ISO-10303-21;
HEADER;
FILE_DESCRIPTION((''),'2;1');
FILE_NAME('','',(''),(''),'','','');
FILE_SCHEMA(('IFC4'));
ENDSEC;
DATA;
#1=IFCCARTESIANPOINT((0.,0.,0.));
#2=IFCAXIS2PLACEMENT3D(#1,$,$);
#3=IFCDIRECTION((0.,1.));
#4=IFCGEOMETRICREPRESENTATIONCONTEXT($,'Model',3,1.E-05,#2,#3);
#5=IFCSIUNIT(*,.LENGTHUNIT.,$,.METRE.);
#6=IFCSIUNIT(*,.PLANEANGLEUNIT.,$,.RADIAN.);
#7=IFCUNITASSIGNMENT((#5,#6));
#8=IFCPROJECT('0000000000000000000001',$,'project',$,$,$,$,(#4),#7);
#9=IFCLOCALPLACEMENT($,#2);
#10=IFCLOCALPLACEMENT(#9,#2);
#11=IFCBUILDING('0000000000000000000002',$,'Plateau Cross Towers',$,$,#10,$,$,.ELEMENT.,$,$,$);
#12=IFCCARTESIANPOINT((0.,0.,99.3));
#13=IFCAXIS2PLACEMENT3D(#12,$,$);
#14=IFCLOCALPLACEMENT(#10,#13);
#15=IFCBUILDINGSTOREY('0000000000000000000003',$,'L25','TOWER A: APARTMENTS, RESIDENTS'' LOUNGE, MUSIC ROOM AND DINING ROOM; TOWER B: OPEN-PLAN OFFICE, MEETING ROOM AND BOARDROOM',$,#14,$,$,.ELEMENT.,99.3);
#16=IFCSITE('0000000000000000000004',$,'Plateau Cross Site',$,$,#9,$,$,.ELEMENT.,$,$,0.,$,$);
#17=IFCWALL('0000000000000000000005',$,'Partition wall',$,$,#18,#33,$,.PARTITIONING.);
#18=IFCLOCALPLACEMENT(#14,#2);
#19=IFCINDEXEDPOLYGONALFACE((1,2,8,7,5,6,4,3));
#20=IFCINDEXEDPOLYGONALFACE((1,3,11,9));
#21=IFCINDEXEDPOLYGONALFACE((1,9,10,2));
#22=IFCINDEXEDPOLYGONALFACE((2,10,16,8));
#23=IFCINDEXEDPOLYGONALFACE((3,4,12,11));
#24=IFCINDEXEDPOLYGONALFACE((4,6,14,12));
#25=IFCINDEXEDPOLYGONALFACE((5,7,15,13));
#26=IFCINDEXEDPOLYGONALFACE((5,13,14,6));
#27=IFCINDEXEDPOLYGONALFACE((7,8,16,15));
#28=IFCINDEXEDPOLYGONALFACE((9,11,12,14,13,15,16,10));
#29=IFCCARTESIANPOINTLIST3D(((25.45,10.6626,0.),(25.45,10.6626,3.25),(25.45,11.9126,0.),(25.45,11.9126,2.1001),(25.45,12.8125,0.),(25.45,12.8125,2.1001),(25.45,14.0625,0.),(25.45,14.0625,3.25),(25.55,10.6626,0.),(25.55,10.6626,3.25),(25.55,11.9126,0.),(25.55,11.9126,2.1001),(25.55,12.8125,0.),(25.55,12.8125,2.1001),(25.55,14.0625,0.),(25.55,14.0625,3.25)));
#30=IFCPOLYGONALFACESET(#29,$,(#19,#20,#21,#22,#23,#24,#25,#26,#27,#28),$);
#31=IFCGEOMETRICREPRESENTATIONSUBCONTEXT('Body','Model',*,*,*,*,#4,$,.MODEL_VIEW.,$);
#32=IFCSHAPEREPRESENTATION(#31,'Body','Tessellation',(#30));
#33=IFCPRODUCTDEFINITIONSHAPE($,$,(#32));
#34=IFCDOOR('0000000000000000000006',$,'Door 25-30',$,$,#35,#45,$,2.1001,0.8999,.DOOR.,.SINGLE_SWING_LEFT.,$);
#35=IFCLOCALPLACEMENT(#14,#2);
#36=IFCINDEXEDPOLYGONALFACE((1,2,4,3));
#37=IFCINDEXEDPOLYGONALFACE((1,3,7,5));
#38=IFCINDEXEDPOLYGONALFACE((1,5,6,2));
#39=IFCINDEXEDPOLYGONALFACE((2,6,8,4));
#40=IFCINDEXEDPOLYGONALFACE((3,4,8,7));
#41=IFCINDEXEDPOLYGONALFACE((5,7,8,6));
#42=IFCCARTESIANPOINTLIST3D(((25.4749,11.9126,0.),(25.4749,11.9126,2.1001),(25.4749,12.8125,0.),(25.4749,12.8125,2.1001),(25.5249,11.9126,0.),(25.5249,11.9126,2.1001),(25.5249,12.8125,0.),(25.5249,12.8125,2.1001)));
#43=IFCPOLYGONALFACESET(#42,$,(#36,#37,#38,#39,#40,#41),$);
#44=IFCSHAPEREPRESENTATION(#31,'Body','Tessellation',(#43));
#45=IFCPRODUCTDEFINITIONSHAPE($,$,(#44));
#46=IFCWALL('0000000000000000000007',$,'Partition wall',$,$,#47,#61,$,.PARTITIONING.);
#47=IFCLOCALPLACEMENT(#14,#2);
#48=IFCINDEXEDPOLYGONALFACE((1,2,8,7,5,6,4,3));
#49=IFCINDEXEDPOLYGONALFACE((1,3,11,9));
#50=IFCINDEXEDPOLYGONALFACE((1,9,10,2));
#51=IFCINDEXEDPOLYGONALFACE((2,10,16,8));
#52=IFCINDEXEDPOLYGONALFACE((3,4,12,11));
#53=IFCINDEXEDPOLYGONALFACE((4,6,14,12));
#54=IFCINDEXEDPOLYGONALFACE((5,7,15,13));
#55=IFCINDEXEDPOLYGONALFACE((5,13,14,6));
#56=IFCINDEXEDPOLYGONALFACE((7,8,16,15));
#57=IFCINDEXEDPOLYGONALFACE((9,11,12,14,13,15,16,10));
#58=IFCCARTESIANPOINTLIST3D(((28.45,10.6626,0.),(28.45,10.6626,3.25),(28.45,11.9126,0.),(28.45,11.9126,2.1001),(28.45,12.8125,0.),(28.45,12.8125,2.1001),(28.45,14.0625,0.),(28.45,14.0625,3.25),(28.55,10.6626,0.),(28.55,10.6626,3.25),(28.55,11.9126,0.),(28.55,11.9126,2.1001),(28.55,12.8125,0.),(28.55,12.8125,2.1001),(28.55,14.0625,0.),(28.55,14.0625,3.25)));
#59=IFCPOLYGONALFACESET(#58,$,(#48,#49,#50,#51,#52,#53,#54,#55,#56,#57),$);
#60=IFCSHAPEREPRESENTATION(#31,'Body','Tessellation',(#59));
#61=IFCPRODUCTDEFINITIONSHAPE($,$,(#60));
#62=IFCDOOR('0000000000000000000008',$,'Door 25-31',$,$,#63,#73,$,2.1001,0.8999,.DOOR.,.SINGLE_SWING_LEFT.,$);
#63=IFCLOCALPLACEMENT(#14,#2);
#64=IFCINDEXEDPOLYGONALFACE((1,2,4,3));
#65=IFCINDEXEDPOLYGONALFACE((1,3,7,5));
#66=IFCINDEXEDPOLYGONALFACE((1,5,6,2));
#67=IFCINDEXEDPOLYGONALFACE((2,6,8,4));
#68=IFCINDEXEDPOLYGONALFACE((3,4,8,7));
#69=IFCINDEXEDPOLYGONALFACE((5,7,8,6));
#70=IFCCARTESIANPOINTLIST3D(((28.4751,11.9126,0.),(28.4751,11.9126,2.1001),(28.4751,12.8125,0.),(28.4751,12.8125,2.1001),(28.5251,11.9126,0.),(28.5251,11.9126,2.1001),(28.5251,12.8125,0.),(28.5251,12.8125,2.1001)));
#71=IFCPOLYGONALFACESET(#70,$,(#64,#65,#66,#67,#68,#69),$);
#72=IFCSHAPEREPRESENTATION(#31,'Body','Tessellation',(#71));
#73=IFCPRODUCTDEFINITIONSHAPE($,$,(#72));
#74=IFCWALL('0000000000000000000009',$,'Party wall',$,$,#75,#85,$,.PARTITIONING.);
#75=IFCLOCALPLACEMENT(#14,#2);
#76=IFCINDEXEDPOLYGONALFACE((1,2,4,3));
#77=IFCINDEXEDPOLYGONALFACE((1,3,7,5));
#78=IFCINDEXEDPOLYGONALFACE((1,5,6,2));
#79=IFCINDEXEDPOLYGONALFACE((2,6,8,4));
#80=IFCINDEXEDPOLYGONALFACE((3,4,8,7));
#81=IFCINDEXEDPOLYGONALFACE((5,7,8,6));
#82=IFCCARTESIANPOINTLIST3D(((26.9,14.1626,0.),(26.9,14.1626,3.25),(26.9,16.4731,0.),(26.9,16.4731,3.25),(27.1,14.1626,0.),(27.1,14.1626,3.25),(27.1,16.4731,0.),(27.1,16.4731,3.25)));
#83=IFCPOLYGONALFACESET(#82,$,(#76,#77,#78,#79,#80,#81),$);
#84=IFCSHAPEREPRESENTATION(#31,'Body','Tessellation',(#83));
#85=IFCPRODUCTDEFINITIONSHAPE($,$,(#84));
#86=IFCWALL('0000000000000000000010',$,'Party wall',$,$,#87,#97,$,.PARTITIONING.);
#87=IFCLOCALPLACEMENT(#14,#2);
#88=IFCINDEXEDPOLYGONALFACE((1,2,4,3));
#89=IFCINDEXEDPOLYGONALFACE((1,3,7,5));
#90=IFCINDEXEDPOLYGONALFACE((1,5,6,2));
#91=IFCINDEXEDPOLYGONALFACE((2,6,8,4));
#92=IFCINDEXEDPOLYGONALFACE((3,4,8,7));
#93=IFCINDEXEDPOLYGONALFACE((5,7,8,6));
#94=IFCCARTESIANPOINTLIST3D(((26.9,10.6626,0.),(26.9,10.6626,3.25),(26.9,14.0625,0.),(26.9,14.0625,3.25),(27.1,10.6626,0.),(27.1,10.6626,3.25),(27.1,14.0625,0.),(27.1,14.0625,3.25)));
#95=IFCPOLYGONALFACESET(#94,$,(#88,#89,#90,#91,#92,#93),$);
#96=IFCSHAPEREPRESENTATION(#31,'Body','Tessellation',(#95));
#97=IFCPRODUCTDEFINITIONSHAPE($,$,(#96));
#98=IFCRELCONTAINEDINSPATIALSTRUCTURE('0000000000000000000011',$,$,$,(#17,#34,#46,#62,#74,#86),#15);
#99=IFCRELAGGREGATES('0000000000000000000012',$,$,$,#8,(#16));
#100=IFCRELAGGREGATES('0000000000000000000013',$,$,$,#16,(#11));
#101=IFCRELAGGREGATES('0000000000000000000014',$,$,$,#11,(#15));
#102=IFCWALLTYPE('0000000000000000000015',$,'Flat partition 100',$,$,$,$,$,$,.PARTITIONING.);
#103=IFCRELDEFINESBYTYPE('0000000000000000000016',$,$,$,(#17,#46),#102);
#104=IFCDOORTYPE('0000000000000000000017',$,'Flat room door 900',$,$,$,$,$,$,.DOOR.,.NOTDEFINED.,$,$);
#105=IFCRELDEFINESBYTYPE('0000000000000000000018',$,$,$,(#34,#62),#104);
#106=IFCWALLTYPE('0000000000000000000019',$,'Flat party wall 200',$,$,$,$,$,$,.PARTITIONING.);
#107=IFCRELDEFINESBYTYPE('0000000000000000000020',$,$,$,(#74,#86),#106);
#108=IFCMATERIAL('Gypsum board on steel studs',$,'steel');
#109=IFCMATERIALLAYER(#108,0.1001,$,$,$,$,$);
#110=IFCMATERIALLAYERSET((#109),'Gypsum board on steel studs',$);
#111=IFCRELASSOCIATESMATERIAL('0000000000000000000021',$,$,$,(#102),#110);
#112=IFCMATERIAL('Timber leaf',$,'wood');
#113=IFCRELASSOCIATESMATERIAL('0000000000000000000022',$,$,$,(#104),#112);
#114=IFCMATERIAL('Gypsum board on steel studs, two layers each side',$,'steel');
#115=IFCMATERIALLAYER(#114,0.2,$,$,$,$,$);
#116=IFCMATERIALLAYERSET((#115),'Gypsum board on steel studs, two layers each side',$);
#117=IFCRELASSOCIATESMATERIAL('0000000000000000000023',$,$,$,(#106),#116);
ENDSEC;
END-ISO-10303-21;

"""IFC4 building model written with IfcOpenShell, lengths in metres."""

from ifc_helpers import new_model, si_unit, direction, frame, frame_2d, origin, place, context, subcontext, project, spatial, rectangle, extrude, material, layer, layer_set, type_object, element, fill, save


model = new_model("IFC4")

# Units and contexts
model_context = context("Model", 3, precision=1e-05, world=origin(), true_north=direction((0.0, 1.0)))
body_context = subcontext(model_context, "Body", "Model", "MODEL_VIEW")
ifc_project = project(units=[si_unit("LENGTHUNIT", "METRE"), si_unit("PLANEANGLEUNIT", "RADIAN")], contexts=[model_context])

# Site, building, storey
site_placement = place(None, origin())
site = spatial("IfcSite", under=ifc_project, at=site_placement, Name="Plateau Cross Site", CompositionType="ELEMENT", RefElevation=0.0)
building_placement = place(site_placement, origin())
building = spatial("IfcBuilding", under=site, at=building_placement, Name="Plateau Cross Towers", CompositionType="ELEMENT")
storey_placement = place(building_placement, frame((0.0, 0.0, 99.3)))
storey = spatial("IfcBuildingStorey", under=building, at=storey_placement, Name="L25", Description="TOWER A: APARTMENTS, RESIDENTS' LOUNGE, MUSIC ROOM AND DINING ROOM; TOWER B: OPEN-PLAN OFFICE, MEETING ROOM AND BOARDROOM", CompositionType="ELEMENT", Elevation=99.3)

# Shared definitions
ifc_material_1 = material(Name="Gypsum board on steel studs", Category="steel")
ifc_layer_1 = layer(ifc_material_1, 0.1001)
ifc_layer_set_1 = layer_set([ifc_layer_1], Name="Gypsum board on steel studs")
wall_type_1 = type_object("IfcWallType", Name="Flat partition 100", PredefinedType="PARTITIONING", material=ifc_layer_set_1)

# Walls, openings, doors
ifc_material_2 = material(Name="Timber leaf", Category="wood")
door_type = type_object("IfcDoorType", Name="Flat room door 900", OperationType="NOTDEFINED", PredefinedType="DOOR", material=ifc_material_2)
wall_1_placement = place(storey_placement, frame((25.5, 14.0625, 0.0), z_axis=(0.0, 0.0, 1.0), x_axis=(0.0, -1.0, 0.0)))
wall_1 = element("IfcWall", 1, at=wall_1_placement, inside=storey, type_object=wall_type_1, Name="Partition wall", PredefinedType="PARTITIONING", context=body_context, shape_type="SweptSolid", body=[
    extrude(rectangle(XDim=3.3999, YDim=0.1001, at=frame_2d((1.7, 0.0))), origin(), (0.0, 0.0, 1.0), 3.25),
])
opening_1_placement = place(wall_1_placement, frame((1.25, 0.0, 0.0)))
opening_1 = element("IfcOpeningElement", 2, at=opening_1_placement, cuts=wall_1, PredefinedType="OPENING", context=body_context, shape_type="SweptSolid", body=[
    extrude(rectangle(XDim=0.8999, YDim=2.1001, at=frame_2d((0.45, 1.05))), frame((0.0, 0.0601, 0.0), z_axis=(0.0, -1.0, 0.0), x_axis=(1.0, 0.0, 0.0)), (0.0, 0.0, 1.0), 0.1201),
])
door_1_placement = place(opening_1_placement, origin())
door_1 = element("IfcDoor", 3, at=door_1_placement, inside=storey, type_object=door_type, Name="Door 25-30", OperationType="SINGLE_SWING_LEFT", OverallHeight=2.1001, OverallWidth=0.8999, PredefinedType="DOOR", context=body_context, shape_type="SweptSolid", body=[
    extrude(rectangle(XDim=0.8999, YDim=2.1001, at=frame_2d((0.45, 1.05))), frame((0.0, 0.0249, 0.0), z_axis=(0.0, -1.0, 0.0), x_axis=(1.0, 0.0, 0.0)), (0.0, 0.0, 1.0), 0.05),
])
fill(opening_1, door_1)
wall_2_placement = place(storey_placement, frame((28.5, 10.6626, 0.0), z_axis=(0.0, 0.0, 1.0), x_axis=(0.0, 1.0, 0.0)))
wall_2 = element("IfcWall", 4, at=wall_2_placement, inside=storey, type_object=wall_type_1, Name="Partition wall", PredefinedType="PARTITIONING", context=body_context, shape_type="SweptSolid", body=[
    extrude(rectangle(XDim=3.3999, YDim=0.1001, at=frame_2d((1.7, 0.0))), origin(), (0.0, 0.0, 1.0), 3.25),
])
opening_2_placement = place(wall_2_placement, frame((1.25, 0.0, 0.0)))
opening_2 = element("IfcOpeningElement", 5, at=opening_2_placement, cuts=wall_2, PredefinedType="OPENING", context=body_context, shape_type="SweptSolid", body=[
    extrude(rectangle(XDim=0.8999, YDim=2.1001, at=frame_2d((0.45, 1.05))), frame((0.0, 0.0601, 0.0), z_axis=(0.0, -1.0, 0.0), x_axis=(1.0, 0.0, 0.0)), (0.0, 0.0, 1.0), 0.1201),
])
door_2_placement = place(opening_2_placement, origin())
door_2 = element("IfcDoor", 6, at=door_2_placement, inside=storey, type_object=door_type, Name="Door 25-31", OperationType="SINGLE_SWING_LEFT", OverallHeight=2.1001, OverallWidth=0.8999, PredefinedType="DOOR", context=body_context, shape_type="SweptSolid", body=[
    extrude(rectangle(XDim=0.8999, YDim=2.1001, at=frame_2d((0.45, 1.05))), frame((0.0, 0.0249, 0.0), z_axis=(0.0, -1.0, 0.0), x_axis=(1.0, 0.0, 0.0)), (0.0, 0.0, 1.0), 0.05),
])
fill(opening_2, door_2)

# Walls
ifc_material_3 = material(Name="Gypsum board on steel studs, two layers each side", Category="steel")
ifc_layer_2 = layer(ifc_material_3, 0.2)
ifc_layer_set_2 = layer_set([ifc_layer_2], Name="Gypsum board on steel studs, two layers each side")
wall_type_2 = type_object("IfcWallType", Name="Flat party wall 200", PredefinedType="PARTITIONING", material=ifc_layer_set_2)
wall_3_placement = place(storey_placement, frame((27.0, 16.4731, 0.0), z_axis=(0.0, 0.0, 1.0), x_axis=(0.0, -1.0, 0.0)))
element("IfcWall", 7, at=wall_3_placement, inside=storey, type_object=wall_type_2, Name="Party wall", PredefinedType="PARTITIONING", context=body_context, shape_type="SweptSolid", body=[
    extrude(rectangle(XDim=2.3105, YDim=0.2, at=frame_2d((1.1553, 0.0))), origin(), (0.0, 0.0, 1.0), 3.25),
])
wall_4_placement = place(storey_placement, frame((27.0, 10.6626, 0.0), z_axis=(0.0, 0.0, 1.0), x_axis=(0.0, 1.0, 0.0)))
element("IfcWall", 8, at=wall_4_placement, inside=storey, type_object=wall_type_2, Name="Party wall", PredefinedType="PARTITIONING", context=body_context, shape_type="SweptSolid", body=[
    extrude(rectangle(XDim=3.3999, YDim=0.2, at=frame_2d((1.7, 0.0))), origin(), (0.0, 0.0, 1.0), 3.25),
])

save(model, "model.ifc")
